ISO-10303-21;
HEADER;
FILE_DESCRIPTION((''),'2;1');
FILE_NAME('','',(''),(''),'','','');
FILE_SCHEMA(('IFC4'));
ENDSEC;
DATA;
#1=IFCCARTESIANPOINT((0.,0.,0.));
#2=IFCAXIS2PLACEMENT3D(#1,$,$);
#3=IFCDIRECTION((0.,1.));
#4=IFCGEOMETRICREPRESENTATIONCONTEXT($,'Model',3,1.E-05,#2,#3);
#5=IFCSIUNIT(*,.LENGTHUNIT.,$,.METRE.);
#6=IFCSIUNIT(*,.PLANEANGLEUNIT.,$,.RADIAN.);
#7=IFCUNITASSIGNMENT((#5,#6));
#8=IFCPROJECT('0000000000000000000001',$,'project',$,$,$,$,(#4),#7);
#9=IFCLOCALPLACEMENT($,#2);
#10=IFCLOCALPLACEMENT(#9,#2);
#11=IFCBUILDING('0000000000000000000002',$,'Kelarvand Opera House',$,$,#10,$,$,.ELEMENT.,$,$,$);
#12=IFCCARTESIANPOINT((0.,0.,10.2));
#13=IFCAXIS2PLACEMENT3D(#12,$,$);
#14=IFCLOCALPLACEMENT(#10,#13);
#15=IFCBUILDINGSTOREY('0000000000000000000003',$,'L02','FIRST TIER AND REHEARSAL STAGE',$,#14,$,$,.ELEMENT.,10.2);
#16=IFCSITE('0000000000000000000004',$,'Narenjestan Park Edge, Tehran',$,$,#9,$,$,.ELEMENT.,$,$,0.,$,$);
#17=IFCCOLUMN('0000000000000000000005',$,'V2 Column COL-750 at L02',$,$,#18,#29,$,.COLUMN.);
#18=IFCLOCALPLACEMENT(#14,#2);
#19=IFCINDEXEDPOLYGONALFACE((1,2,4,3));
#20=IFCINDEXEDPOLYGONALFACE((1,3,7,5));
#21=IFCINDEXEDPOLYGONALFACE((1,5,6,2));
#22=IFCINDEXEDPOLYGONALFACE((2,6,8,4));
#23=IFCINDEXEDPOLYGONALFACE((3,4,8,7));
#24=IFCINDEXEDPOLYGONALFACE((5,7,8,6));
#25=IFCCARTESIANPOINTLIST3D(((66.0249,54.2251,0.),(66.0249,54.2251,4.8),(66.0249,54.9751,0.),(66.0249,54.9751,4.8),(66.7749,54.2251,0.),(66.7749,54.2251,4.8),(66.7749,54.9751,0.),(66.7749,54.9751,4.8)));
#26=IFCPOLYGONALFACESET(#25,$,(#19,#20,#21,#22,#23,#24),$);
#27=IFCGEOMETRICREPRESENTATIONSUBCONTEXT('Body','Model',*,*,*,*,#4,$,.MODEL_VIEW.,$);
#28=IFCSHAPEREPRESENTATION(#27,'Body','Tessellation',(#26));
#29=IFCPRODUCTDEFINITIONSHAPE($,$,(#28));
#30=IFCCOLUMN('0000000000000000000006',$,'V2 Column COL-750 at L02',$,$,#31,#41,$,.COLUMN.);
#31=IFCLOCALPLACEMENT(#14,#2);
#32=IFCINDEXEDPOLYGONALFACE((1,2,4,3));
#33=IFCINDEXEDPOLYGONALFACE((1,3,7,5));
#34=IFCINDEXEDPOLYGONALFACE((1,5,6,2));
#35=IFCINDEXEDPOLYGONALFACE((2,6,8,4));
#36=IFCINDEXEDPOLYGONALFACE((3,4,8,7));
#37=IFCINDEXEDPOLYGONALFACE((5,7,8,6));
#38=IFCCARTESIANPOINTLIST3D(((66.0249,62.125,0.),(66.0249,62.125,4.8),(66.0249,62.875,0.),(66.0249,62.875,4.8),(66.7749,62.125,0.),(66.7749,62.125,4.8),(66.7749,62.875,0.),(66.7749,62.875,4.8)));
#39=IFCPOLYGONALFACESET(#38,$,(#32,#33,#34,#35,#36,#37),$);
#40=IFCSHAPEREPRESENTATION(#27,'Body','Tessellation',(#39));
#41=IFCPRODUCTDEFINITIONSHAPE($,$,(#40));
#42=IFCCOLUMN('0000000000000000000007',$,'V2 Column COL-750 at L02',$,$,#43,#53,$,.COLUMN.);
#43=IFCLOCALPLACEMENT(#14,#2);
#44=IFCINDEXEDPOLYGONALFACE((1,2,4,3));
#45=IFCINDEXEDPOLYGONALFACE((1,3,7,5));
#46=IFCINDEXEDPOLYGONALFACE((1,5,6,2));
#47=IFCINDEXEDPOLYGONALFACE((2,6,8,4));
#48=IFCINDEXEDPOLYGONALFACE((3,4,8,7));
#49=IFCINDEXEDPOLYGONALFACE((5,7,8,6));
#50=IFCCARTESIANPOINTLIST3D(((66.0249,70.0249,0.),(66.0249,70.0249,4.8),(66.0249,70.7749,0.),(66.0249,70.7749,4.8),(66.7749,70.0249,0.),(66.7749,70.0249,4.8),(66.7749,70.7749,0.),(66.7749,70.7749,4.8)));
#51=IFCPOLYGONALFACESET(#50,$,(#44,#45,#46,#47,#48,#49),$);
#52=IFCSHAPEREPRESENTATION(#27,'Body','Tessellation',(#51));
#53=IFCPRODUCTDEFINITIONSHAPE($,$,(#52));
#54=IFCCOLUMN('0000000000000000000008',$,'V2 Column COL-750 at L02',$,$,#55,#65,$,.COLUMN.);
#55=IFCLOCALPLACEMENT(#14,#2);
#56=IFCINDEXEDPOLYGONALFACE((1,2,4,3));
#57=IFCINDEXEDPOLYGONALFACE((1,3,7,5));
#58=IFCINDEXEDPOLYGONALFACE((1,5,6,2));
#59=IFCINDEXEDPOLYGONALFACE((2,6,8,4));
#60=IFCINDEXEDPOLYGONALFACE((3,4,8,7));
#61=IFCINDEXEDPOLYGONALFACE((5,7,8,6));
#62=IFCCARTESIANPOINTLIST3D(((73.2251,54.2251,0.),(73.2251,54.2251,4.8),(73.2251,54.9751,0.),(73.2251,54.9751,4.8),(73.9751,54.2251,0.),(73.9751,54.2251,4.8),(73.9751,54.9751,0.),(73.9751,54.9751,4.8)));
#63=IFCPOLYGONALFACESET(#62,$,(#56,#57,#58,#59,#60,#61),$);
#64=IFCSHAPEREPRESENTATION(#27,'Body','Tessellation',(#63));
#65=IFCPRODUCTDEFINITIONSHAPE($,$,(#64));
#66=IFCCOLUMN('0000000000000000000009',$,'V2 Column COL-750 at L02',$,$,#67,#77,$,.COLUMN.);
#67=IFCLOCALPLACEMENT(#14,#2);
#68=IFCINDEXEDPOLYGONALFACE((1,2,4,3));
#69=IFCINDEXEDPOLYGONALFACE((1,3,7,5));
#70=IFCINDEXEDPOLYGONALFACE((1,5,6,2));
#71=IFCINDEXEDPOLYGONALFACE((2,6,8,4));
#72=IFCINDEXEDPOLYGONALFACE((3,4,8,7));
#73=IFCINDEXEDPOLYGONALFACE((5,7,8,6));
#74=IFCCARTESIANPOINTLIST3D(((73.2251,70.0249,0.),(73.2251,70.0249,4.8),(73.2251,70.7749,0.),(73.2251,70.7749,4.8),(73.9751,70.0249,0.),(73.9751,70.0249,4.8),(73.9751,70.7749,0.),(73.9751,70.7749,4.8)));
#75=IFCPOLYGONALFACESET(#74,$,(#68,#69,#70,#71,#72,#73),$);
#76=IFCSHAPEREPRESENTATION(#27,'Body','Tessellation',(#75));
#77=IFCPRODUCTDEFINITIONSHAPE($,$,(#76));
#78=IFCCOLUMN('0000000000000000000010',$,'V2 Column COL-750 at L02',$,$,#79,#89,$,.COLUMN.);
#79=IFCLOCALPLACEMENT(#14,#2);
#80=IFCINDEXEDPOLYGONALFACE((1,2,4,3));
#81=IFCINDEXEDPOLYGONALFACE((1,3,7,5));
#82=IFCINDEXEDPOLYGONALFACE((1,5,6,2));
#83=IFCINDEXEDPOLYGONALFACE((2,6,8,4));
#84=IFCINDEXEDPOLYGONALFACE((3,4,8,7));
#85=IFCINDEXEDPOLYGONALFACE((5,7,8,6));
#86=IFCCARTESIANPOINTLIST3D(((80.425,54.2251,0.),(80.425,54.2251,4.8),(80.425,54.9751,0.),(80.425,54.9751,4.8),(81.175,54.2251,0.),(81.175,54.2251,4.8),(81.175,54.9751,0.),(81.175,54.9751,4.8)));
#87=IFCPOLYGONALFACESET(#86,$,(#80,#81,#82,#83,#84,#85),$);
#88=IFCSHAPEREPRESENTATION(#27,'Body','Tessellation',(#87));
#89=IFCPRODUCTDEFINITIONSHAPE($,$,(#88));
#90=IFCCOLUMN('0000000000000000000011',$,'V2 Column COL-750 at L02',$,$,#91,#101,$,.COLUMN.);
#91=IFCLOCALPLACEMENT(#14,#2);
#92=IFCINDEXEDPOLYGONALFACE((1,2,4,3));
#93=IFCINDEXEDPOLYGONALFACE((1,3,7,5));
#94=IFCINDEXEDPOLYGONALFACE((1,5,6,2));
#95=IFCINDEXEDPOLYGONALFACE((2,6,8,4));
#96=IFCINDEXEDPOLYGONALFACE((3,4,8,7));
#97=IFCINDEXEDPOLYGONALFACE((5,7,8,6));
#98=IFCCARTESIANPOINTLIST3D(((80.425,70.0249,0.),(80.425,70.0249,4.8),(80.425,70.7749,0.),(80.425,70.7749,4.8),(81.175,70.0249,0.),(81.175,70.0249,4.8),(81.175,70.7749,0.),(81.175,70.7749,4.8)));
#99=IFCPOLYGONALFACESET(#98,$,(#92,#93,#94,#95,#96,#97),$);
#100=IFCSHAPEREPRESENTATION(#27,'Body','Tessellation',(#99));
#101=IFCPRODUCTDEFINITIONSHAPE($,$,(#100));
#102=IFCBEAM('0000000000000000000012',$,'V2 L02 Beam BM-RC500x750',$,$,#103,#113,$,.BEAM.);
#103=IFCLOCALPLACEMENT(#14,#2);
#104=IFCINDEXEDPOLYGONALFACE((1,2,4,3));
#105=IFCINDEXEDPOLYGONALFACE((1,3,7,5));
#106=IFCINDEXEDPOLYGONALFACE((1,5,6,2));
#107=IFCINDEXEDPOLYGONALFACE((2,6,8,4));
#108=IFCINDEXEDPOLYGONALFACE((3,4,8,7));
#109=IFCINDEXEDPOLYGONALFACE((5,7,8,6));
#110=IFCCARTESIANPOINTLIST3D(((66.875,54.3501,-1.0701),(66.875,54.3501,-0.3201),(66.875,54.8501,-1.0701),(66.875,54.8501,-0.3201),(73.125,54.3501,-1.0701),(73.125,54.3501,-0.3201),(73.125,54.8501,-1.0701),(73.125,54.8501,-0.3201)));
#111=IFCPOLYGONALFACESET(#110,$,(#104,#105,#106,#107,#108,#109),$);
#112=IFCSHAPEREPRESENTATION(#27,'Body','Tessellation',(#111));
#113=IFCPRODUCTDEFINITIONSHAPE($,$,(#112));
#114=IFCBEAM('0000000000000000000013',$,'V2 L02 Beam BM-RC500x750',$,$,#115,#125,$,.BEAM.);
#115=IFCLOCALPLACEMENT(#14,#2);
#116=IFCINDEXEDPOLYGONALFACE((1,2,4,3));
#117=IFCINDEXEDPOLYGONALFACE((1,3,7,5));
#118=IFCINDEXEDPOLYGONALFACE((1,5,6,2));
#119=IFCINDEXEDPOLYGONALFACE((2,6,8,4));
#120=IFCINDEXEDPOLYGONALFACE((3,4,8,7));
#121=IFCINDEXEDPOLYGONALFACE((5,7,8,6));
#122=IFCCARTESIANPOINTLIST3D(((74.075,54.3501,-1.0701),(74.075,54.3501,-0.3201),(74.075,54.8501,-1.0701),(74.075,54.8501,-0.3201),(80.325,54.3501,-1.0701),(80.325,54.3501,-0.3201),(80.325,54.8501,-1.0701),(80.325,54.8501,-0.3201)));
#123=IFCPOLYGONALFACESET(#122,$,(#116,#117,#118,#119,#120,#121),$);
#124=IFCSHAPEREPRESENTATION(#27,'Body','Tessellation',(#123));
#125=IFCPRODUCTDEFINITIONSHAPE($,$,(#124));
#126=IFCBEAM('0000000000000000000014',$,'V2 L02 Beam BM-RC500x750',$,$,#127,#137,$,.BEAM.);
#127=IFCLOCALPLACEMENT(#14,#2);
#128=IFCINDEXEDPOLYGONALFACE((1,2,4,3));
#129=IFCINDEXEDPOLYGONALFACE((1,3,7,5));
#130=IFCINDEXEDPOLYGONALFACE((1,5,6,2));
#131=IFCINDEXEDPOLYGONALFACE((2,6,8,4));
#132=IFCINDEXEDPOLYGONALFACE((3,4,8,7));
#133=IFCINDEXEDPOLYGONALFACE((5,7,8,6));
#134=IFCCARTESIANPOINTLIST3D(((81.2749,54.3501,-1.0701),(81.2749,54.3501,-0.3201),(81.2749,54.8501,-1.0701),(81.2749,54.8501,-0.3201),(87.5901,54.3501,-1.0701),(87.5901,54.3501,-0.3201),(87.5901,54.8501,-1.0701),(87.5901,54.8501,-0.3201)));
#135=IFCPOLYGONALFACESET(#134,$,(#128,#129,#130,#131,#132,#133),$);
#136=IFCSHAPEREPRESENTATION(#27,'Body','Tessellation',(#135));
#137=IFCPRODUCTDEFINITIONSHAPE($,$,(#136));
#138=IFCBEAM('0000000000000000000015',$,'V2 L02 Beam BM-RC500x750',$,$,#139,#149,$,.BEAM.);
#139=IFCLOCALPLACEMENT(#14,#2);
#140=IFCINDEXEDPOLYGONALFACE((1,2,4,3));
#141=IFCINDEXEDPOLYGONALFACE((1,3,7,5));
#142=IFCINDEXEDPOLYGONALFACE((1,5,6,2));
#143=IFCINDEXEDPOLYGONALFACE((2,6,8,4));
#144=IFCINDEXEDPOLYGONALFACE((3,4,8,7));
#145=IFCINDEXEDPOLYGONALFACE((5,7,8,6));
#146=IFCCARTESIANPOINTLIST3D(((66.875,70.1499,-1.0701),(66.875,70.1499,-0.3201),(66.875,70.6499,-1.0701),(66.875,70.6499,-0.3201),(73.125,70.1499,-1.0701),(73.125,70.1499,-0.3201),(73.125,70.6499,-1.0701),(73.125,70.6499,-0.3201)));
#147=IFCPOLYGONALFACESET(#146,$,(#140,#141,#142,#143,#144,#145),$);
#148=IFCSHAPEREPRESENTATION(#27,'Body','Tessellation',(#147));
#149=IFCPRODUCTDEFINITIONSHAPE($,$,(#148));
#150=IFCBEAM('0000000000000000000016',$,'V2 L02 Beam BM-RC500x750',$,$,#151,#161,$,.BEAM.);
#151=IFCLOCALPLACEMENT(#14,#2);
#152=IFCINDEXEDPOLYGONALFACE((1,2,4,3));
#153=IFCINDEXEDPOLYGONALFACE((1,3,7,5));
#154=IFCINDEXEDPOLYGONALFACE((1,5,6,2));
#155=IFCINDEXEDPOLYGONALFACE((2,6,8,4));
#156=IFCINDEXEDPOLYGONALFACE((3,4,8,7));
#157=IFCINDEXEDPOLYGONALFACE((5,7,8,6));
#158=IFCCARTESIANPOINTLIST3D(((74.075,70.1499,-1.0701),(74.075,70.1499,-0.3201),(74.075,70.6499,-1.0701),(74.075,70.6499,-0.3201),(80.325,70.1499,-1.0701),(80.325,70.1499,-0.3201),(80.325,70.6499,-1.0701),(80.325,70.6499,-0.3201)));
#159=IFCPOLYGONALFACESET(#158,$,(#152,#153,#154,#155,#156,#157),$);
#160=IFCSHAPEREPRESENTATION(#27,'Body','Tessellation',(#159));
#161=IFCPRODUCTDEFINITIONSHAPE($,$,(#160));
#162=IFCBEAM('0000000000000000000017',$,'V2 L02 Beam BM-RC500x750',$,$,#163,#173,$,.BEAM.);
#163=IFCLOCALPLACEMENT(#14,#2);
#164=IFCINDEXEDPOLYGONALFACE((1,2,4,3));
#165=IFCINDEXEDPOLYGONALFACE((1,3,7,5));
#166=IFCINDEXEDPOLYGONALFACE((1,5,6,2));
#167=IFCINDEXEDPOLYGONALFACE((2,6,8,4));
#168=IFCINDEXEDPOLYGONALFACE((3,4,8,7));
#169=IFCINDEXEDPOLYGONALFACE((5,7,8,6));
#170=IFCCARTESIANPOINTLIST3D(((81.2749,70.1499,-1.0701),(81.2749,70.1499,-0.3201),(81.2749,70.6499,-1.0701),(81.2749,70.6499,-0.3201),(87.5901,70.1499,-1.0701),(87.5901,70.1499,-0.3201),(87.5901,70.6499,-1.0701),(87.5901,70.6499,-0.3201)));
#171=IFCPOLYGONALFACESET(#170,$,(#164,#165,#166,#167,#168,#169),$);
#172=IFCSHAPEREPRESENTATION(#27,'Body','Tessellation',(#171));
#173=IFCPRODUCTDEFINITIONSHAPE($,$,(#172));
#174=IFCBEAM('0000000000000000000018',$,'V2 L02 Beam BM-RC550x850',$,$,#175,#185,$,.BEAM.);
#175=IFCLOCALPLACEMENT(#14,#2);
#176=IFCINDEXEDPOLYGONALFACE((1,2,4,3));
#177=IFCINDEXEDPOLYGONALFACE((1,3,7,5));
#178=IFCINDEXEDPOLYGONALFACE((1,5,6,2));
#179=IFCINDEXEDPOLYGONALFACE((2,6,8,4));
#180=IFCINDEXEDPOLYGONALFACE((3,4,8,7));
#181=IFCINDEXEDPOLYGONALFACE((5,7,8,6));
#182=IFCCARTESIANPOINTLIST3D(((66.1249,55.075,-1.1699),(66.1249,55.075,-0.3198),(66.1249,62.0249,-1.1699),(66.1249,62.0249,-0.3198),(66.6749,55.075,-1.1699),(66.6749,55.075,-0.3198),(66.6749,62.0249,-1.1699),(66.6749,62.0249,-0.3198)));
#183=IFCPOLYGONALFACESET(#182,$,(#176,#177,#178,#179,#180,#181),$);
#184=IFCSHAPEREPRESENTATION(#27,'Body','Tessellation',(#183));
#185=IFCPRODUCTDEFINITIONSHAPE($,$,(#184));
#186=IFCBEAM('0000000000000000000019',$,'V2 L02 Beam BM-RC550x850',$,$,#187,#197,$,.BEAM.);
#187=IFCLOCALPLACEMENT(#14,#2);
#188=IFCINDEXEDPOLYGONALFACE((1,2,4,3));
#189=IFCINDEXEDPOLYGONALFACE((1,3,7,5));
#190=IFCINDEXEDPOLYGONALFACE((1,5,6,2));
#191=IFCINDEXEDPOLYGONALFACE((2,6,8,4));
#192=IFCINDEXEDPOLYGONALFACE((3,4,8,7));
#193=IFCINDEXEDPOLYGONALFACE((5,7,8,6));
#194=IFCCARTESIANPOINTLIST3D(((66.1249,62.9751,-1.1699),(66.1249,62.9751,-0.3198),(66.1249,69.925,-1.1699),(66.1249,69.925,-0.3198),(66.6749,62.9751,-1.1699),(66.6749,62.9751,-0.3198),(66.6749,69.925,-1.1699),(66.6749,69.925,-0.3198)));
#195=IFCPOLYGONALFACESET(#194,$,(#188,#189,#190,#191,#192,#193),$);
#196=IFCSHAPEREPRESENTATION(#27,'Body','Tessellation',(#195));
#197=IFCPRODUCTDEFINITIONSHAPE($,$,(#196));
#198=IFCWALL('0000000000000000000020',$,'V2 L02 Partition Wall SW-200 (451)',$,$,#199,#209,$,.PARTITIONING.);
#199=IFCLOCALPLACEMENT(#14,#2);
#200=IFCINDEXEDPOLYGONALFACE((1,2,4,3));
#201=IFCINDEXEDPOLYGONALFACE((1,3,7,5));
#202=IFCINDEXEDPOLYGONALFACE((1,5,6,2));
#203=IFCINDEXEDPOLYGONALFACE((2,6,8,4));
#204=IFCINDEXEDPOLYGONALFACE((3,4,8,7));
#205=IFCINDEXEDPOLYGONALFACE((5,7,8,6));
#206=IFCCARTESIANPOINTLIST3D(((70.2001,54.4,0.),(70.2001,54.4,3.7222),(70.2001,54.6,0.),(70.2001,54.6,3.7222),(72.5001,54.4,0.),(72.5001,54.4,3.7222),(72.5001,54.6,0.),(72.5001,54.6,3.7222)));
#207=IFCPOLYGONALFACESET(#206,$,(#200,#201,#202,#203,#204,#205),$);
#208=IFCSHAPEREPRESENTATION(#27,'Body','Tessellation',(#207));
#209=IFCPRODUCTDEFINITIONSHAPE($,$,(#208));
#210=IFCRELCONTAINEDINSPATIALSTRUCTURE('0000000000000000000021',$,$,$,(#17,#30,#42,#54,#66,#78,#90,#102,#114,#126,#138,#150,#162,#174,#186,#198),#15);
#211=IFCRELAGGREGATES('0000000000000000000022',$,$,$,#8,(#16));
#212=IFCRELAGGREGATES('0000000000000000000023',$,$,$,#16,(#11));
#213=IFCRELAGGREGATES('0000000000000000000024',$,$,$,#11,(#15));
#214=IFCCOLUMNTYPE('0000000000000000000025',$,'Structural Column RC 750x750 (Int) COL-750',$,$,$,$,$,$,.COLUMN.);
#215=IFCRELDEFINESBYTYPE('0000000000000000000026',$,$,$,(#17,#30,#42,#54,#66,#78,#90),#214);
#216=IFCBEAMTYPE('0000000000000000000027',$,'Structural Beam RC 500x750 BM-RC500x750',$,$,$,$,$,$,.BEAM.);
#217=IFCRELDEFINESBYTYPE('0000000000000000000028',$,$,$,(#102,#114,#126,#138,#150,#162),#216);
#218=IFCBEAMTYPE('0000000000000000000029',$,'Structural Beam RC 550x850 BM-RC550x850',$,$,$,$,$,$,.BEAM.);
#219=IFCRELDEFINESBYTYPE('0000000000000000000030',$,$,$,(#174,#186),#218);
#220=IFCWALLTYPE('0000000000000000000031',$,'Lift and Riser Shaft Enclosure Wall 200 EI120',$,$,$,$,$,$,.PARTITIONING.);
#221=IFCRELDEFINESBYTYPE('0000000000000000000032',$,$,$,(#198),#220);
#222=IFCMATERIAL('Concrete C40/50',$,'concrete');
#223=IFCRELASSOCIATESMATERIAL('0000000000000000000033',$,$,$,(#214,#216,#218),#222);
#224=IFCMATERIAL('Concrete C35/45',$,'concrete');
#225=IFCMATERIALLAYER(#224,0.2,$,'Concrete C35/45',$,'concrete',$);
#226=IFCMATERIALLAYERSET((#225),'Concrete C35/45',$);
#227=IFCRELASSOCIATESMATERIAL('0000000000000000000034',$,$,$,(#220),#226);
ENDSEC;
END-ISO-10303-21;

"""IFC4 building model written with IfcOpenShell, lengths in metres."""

from ifc_helpers import new_model, si_unit, direction, frame, frame_2d, origin, origin_2d, place, context, subcontext, project, spatial, rectangle, extrude, material, layer, layer_set, material_profile, profile_set, type_object, element, save


model = new_model("IFC4")

# Units and contexts
model_context = context("Model", 3, precision=1e-05, world=origin(), true_north=direction((0.0, 1.0)))
body_context = subcontext(model_context, "Body", "Model", "MODEL_VIEW")
ifc_project = project(units=[si_unit("LENGTHUNIT", "METRE"), si_unit("PLANEANGLEUNIT", "RADIAN")], contexts=[model_context])

# Site, building, storey
site_placement = place(None, origin())
site = spatial("IfcSite", under=ifc_project, at=site_placement, Name="Narenjestan Park Edge, Tehran", CompositionType="ELEMENT", RefElevation=0.0)
building_placement = place(site_placement, origin())
building = spatial("IfcBuilding", under=site, at=building_placement, Name="Kelarvand Opera House", CompositionType="ELEMENT")
storey_placement = place(building_placement, frame((0.0, 0.0, 10.2)))
storey = spatial("IfcBuildingStorey", under=building, at=storey_placement, Name="L02", Description="FIRST TIER AND REHEARSAL STAGE", CompositionType="ELEMENT", Elevation=10.2)

# Columns
ifc_material_1 = material(Name="Concrete C40/50", Category="concrete")
ifc_material_profile_1 = material_profile(ifc_material_1, rectangle(XDim=0.75, YDim=0.75, at=origin_2d()), Name="RC 750x750", Category="concrete")
ifc_profile_set_1 = profile_set([ifc_material_profile_1], Name="Concrete C40/50")
column_type = type_object("IfcColumnType", Name="Structural Column RC 750x750 (Int) COL-750", PredefinedType="COLUMN", material=ifc_profile_set_1)
for number, where, z_axis, x_axis, name in (
    (1, (66.3999, 54.6001, 0.0), (0.0, 0.0, 1.0), (1.0, 0.0, 0.0), "V2 Column COL-750 at L02"),
    (2, (66.3999, 62.5, 0.0), (0.0, 0.0, 1.0), (1.0, 0.0, 0.0), "V2 Column COL-750 at L02"),
    (3, (66.3999, 70.3999, 0.0), (0.0, 0.0, 1.0), (1.0, 0.0, 0.0), "V2 Column COL-750 at L02"),
    (4, (73.6001, 54.6001, 0.0), (0.0, 0.0, 1.0), (1.0, 0.0, 0.0), "V2 Column COL-750 at L02"),
    (5, (73.6001, 70.3999, 0.0), (0.0, 0.0, 1.0), (1.0, 0.0, 0.0), "V2 Column COL-750 at L02"),
    (6, (80.8, 54.6001, 0.0), (0.0, 0.0, 1.0), (1.0, 0.0, 0.0), "V2 Column COL-750 at L02"),
    (7, (80.8, 70.3999, 0.0), (0.0, 0.0, 1.0), (1.0, 0.0, 0.0), "V2 Column COL-750 at L02"),
):
    element("IfcColumn", number, at=place(storey_placement, frame(where, z_axis=z_axis, x_axis=x_axis)), inside=storey, type_object=column_type, Name=name, PredefinedType="COLUMN", context=body_context, shape_type="SweptSolid", body=[
        extrude(rectangle(XDim=0.75, YDim=0.75, at=origin_2d()), origin(), (0.0, 0.0, 1.0), 4.8),
    ])

# Beams
ifc_material_profile_2 = material_profile(ifc_material_1, rectangle(XDim=0.5, YDim=0.75, at=origin_2d()), Name="RC 500x750", Category="concrete")
ifc_profile_set_2 = profile_set([ifc_material_profile_2], Name="Concrete C40/50")
beam_type_1 = type_object("IfcBeamType", Name="Structural Beam RC 500x750 BM-RC500x750", PredefinedType="BEAM", material=ifc_profile_set_2)
for number, where, z_axis, x_axis, name in (
    (8, (66.875, 54.6001, -0.6951), (1.0, 0.0, 0.0), (0.0, 1.0, 0.0), "V2 L02 Beam BM-RC500x750"),
    (9, (74.075, 54.6001, -0.6951), (1.0, 0.0, 0.0), (0.0, 1.0, 0.0), "V2 L02 Beam BM-RC500x750"),
):
    element("IfcBeam", number, at=place(storey_placement, frame(where, z_axis=z_axis, x_axis=x_axis)), inside=storey, type_object=beam_type_1, Name=name, PredefinedType="BEAM", context=body_context, shape_type="SweptSolid", body=[
        extrude(rectangle(XDim=0.5, YDim=0.75, at=origin_2d()), origin(), (0.0, 0.0, 1.0), 6.25),
    ])
beam_1_placement = place(storey_placement, frame((81.2749, 54.6001, -0.6951), z_axis=(1.0, 0.0, 0.0), x_axis=(0.0, 1.0, 0.0)))
element("IfcBeam", 10, at=beam_1_placement, inside=storey, type_object=beam_type_1, Name="V2 L02 Beam BM-RC500x750", PredefinedType="BEAM", context=body_context, shape_type="SweptSolid", body=[
    extrude(rectangle(XDim=0.5, YDim=0.75, at=origin_2d()), origin(), (0.0, 0.0, 1.0), 6.3152),
])
for number, where, z_axis, x_axis, name in (
    (11, (66.875, 70.3999, -0.6951), (1.0, 0.0, 0.0), (0.0, 1.0, 0.0), "V2 L02 Beam BM-RC500x750"),
    (12, (74.075, 70.3999, -0.6951), (1.0, 0.0, 0.0), (0.0, 1.0, 0.0), "V2 L02 Beam BM-RC500x750"),
):
    element("IfcBeam", number, at=place(storey_placement, frame(where, z_axis=z_axis, x_axis=x_axis)), inside=storey, type_object=beam_type_1, Name=name, PredefinedType="BEAM", context=body_context, shape_type="SweptSolid", body=[
        extrude(rectangle(XDim=0.5, YDim=0.75, at=origin_2d()), origin(), (0.0, 0.0, 1.0), 6.25),
    ])
beam_2_placement = place(storey_placement, frame((81.2749, 70.3999, -0.6951), z_axis=(1.0, 0.0, 0.0), x_axis=(0.0, 1.0, 0.0)))
element("IfcBeam", 13, at=beam_2_placement, inside=storey, type_object=beam_type_1, Name="V2 L02 Beam BM-RC500x750", PredefinedType="BEAM", context=body_context, shape_type="SweptSolid", body=[
    extrude(rectangle(XDim=0.5, YDim=0.75, at=origin_2d()), origin(), (0.0, 0.0, 1.0), 6.3152),
])
ifc_material_profile_3 = material_profile(ifc_material_1, rectangle(XDim=0.55, YDim=0.8501, at=origin_2d()), Name="RC 550x850", Category="concrete")
ifc_profile_set_3 = profile_set([ifc_material_profile_3], Name="Concrete C40/50")
beam_type_2 = type_object("IfcBeamType", Name="Structural Beam RC 550x850 BM-RC550x850", PredefinedType="BEAM", material=ifc_profile_set_3)
for number, where, z_axis, x_axis, name in (
    (14, (66.3999, 55.075, -0.7449), (0.0, 1.0, 0.0), (-1.0, 0.0, 0.0), "V2 L02 Beam BM-RC550x850"),
    (15, (66.3999, 62.9751, -0.7449), (0.0, 1.0, 0.0), (-1.0, 0.0, 0.0), "V2 L02 Beam BM-RC550x850"),
):
    element("IfcBeam", number, at=place(storey_placement, frame(where, z_axis=z_axis, x_axis=x_axis)), inside=storey, type_object=beam_type_2, Name=name, PredefinedType="BEAM", context=body_context, shape_type="SweptSolid", body=[
        extrude(rectangle(XDim=0.55, YDim=0.8501, at=origin_2d()), origin(), (0.0, 0.0, 1.0), 6.95),
    ])

# Wall
ifc_material_2 = material(Name="Concrete C35/45", Category="concrete")
ifc_layer = layer(ifc_material_2, 0.2, Name="Concrete C35/45", Category="concrete")
ifc_layer_set = layer_set([ifc_layer], Name="Concrete C35/45")
wall_type = type_object("IfcWallType", Name="Lift and Riser Shaft Enclosure Wall 200 EI120", PredefinedType="PARTITIONING", material=ifc_layer_set)
wall_1_placement = place(storey_placement, frame((72.5, 54.5, 0.0), z_axis=(0.0, 0.0, 1.0), x_axis=(-1.0, 0.0, 0.0)))
element("IfcWall", 16, at=wall_1_placement, inside=storey, type_object=wall_type, Name="V2 L02 Partition Wall SW-200 (451)", PredefinedType="PARTITIONING", context=body_context, shape_type="SweptSolid", body=[
    extrude(rectangle(XDim=2.3, YDim=0.2, at=frame_2d((1.1499, 0.0))), origin(), (0.0, 0.0, 1.0), 3.7222),
])

save(model, "model.ifc")
